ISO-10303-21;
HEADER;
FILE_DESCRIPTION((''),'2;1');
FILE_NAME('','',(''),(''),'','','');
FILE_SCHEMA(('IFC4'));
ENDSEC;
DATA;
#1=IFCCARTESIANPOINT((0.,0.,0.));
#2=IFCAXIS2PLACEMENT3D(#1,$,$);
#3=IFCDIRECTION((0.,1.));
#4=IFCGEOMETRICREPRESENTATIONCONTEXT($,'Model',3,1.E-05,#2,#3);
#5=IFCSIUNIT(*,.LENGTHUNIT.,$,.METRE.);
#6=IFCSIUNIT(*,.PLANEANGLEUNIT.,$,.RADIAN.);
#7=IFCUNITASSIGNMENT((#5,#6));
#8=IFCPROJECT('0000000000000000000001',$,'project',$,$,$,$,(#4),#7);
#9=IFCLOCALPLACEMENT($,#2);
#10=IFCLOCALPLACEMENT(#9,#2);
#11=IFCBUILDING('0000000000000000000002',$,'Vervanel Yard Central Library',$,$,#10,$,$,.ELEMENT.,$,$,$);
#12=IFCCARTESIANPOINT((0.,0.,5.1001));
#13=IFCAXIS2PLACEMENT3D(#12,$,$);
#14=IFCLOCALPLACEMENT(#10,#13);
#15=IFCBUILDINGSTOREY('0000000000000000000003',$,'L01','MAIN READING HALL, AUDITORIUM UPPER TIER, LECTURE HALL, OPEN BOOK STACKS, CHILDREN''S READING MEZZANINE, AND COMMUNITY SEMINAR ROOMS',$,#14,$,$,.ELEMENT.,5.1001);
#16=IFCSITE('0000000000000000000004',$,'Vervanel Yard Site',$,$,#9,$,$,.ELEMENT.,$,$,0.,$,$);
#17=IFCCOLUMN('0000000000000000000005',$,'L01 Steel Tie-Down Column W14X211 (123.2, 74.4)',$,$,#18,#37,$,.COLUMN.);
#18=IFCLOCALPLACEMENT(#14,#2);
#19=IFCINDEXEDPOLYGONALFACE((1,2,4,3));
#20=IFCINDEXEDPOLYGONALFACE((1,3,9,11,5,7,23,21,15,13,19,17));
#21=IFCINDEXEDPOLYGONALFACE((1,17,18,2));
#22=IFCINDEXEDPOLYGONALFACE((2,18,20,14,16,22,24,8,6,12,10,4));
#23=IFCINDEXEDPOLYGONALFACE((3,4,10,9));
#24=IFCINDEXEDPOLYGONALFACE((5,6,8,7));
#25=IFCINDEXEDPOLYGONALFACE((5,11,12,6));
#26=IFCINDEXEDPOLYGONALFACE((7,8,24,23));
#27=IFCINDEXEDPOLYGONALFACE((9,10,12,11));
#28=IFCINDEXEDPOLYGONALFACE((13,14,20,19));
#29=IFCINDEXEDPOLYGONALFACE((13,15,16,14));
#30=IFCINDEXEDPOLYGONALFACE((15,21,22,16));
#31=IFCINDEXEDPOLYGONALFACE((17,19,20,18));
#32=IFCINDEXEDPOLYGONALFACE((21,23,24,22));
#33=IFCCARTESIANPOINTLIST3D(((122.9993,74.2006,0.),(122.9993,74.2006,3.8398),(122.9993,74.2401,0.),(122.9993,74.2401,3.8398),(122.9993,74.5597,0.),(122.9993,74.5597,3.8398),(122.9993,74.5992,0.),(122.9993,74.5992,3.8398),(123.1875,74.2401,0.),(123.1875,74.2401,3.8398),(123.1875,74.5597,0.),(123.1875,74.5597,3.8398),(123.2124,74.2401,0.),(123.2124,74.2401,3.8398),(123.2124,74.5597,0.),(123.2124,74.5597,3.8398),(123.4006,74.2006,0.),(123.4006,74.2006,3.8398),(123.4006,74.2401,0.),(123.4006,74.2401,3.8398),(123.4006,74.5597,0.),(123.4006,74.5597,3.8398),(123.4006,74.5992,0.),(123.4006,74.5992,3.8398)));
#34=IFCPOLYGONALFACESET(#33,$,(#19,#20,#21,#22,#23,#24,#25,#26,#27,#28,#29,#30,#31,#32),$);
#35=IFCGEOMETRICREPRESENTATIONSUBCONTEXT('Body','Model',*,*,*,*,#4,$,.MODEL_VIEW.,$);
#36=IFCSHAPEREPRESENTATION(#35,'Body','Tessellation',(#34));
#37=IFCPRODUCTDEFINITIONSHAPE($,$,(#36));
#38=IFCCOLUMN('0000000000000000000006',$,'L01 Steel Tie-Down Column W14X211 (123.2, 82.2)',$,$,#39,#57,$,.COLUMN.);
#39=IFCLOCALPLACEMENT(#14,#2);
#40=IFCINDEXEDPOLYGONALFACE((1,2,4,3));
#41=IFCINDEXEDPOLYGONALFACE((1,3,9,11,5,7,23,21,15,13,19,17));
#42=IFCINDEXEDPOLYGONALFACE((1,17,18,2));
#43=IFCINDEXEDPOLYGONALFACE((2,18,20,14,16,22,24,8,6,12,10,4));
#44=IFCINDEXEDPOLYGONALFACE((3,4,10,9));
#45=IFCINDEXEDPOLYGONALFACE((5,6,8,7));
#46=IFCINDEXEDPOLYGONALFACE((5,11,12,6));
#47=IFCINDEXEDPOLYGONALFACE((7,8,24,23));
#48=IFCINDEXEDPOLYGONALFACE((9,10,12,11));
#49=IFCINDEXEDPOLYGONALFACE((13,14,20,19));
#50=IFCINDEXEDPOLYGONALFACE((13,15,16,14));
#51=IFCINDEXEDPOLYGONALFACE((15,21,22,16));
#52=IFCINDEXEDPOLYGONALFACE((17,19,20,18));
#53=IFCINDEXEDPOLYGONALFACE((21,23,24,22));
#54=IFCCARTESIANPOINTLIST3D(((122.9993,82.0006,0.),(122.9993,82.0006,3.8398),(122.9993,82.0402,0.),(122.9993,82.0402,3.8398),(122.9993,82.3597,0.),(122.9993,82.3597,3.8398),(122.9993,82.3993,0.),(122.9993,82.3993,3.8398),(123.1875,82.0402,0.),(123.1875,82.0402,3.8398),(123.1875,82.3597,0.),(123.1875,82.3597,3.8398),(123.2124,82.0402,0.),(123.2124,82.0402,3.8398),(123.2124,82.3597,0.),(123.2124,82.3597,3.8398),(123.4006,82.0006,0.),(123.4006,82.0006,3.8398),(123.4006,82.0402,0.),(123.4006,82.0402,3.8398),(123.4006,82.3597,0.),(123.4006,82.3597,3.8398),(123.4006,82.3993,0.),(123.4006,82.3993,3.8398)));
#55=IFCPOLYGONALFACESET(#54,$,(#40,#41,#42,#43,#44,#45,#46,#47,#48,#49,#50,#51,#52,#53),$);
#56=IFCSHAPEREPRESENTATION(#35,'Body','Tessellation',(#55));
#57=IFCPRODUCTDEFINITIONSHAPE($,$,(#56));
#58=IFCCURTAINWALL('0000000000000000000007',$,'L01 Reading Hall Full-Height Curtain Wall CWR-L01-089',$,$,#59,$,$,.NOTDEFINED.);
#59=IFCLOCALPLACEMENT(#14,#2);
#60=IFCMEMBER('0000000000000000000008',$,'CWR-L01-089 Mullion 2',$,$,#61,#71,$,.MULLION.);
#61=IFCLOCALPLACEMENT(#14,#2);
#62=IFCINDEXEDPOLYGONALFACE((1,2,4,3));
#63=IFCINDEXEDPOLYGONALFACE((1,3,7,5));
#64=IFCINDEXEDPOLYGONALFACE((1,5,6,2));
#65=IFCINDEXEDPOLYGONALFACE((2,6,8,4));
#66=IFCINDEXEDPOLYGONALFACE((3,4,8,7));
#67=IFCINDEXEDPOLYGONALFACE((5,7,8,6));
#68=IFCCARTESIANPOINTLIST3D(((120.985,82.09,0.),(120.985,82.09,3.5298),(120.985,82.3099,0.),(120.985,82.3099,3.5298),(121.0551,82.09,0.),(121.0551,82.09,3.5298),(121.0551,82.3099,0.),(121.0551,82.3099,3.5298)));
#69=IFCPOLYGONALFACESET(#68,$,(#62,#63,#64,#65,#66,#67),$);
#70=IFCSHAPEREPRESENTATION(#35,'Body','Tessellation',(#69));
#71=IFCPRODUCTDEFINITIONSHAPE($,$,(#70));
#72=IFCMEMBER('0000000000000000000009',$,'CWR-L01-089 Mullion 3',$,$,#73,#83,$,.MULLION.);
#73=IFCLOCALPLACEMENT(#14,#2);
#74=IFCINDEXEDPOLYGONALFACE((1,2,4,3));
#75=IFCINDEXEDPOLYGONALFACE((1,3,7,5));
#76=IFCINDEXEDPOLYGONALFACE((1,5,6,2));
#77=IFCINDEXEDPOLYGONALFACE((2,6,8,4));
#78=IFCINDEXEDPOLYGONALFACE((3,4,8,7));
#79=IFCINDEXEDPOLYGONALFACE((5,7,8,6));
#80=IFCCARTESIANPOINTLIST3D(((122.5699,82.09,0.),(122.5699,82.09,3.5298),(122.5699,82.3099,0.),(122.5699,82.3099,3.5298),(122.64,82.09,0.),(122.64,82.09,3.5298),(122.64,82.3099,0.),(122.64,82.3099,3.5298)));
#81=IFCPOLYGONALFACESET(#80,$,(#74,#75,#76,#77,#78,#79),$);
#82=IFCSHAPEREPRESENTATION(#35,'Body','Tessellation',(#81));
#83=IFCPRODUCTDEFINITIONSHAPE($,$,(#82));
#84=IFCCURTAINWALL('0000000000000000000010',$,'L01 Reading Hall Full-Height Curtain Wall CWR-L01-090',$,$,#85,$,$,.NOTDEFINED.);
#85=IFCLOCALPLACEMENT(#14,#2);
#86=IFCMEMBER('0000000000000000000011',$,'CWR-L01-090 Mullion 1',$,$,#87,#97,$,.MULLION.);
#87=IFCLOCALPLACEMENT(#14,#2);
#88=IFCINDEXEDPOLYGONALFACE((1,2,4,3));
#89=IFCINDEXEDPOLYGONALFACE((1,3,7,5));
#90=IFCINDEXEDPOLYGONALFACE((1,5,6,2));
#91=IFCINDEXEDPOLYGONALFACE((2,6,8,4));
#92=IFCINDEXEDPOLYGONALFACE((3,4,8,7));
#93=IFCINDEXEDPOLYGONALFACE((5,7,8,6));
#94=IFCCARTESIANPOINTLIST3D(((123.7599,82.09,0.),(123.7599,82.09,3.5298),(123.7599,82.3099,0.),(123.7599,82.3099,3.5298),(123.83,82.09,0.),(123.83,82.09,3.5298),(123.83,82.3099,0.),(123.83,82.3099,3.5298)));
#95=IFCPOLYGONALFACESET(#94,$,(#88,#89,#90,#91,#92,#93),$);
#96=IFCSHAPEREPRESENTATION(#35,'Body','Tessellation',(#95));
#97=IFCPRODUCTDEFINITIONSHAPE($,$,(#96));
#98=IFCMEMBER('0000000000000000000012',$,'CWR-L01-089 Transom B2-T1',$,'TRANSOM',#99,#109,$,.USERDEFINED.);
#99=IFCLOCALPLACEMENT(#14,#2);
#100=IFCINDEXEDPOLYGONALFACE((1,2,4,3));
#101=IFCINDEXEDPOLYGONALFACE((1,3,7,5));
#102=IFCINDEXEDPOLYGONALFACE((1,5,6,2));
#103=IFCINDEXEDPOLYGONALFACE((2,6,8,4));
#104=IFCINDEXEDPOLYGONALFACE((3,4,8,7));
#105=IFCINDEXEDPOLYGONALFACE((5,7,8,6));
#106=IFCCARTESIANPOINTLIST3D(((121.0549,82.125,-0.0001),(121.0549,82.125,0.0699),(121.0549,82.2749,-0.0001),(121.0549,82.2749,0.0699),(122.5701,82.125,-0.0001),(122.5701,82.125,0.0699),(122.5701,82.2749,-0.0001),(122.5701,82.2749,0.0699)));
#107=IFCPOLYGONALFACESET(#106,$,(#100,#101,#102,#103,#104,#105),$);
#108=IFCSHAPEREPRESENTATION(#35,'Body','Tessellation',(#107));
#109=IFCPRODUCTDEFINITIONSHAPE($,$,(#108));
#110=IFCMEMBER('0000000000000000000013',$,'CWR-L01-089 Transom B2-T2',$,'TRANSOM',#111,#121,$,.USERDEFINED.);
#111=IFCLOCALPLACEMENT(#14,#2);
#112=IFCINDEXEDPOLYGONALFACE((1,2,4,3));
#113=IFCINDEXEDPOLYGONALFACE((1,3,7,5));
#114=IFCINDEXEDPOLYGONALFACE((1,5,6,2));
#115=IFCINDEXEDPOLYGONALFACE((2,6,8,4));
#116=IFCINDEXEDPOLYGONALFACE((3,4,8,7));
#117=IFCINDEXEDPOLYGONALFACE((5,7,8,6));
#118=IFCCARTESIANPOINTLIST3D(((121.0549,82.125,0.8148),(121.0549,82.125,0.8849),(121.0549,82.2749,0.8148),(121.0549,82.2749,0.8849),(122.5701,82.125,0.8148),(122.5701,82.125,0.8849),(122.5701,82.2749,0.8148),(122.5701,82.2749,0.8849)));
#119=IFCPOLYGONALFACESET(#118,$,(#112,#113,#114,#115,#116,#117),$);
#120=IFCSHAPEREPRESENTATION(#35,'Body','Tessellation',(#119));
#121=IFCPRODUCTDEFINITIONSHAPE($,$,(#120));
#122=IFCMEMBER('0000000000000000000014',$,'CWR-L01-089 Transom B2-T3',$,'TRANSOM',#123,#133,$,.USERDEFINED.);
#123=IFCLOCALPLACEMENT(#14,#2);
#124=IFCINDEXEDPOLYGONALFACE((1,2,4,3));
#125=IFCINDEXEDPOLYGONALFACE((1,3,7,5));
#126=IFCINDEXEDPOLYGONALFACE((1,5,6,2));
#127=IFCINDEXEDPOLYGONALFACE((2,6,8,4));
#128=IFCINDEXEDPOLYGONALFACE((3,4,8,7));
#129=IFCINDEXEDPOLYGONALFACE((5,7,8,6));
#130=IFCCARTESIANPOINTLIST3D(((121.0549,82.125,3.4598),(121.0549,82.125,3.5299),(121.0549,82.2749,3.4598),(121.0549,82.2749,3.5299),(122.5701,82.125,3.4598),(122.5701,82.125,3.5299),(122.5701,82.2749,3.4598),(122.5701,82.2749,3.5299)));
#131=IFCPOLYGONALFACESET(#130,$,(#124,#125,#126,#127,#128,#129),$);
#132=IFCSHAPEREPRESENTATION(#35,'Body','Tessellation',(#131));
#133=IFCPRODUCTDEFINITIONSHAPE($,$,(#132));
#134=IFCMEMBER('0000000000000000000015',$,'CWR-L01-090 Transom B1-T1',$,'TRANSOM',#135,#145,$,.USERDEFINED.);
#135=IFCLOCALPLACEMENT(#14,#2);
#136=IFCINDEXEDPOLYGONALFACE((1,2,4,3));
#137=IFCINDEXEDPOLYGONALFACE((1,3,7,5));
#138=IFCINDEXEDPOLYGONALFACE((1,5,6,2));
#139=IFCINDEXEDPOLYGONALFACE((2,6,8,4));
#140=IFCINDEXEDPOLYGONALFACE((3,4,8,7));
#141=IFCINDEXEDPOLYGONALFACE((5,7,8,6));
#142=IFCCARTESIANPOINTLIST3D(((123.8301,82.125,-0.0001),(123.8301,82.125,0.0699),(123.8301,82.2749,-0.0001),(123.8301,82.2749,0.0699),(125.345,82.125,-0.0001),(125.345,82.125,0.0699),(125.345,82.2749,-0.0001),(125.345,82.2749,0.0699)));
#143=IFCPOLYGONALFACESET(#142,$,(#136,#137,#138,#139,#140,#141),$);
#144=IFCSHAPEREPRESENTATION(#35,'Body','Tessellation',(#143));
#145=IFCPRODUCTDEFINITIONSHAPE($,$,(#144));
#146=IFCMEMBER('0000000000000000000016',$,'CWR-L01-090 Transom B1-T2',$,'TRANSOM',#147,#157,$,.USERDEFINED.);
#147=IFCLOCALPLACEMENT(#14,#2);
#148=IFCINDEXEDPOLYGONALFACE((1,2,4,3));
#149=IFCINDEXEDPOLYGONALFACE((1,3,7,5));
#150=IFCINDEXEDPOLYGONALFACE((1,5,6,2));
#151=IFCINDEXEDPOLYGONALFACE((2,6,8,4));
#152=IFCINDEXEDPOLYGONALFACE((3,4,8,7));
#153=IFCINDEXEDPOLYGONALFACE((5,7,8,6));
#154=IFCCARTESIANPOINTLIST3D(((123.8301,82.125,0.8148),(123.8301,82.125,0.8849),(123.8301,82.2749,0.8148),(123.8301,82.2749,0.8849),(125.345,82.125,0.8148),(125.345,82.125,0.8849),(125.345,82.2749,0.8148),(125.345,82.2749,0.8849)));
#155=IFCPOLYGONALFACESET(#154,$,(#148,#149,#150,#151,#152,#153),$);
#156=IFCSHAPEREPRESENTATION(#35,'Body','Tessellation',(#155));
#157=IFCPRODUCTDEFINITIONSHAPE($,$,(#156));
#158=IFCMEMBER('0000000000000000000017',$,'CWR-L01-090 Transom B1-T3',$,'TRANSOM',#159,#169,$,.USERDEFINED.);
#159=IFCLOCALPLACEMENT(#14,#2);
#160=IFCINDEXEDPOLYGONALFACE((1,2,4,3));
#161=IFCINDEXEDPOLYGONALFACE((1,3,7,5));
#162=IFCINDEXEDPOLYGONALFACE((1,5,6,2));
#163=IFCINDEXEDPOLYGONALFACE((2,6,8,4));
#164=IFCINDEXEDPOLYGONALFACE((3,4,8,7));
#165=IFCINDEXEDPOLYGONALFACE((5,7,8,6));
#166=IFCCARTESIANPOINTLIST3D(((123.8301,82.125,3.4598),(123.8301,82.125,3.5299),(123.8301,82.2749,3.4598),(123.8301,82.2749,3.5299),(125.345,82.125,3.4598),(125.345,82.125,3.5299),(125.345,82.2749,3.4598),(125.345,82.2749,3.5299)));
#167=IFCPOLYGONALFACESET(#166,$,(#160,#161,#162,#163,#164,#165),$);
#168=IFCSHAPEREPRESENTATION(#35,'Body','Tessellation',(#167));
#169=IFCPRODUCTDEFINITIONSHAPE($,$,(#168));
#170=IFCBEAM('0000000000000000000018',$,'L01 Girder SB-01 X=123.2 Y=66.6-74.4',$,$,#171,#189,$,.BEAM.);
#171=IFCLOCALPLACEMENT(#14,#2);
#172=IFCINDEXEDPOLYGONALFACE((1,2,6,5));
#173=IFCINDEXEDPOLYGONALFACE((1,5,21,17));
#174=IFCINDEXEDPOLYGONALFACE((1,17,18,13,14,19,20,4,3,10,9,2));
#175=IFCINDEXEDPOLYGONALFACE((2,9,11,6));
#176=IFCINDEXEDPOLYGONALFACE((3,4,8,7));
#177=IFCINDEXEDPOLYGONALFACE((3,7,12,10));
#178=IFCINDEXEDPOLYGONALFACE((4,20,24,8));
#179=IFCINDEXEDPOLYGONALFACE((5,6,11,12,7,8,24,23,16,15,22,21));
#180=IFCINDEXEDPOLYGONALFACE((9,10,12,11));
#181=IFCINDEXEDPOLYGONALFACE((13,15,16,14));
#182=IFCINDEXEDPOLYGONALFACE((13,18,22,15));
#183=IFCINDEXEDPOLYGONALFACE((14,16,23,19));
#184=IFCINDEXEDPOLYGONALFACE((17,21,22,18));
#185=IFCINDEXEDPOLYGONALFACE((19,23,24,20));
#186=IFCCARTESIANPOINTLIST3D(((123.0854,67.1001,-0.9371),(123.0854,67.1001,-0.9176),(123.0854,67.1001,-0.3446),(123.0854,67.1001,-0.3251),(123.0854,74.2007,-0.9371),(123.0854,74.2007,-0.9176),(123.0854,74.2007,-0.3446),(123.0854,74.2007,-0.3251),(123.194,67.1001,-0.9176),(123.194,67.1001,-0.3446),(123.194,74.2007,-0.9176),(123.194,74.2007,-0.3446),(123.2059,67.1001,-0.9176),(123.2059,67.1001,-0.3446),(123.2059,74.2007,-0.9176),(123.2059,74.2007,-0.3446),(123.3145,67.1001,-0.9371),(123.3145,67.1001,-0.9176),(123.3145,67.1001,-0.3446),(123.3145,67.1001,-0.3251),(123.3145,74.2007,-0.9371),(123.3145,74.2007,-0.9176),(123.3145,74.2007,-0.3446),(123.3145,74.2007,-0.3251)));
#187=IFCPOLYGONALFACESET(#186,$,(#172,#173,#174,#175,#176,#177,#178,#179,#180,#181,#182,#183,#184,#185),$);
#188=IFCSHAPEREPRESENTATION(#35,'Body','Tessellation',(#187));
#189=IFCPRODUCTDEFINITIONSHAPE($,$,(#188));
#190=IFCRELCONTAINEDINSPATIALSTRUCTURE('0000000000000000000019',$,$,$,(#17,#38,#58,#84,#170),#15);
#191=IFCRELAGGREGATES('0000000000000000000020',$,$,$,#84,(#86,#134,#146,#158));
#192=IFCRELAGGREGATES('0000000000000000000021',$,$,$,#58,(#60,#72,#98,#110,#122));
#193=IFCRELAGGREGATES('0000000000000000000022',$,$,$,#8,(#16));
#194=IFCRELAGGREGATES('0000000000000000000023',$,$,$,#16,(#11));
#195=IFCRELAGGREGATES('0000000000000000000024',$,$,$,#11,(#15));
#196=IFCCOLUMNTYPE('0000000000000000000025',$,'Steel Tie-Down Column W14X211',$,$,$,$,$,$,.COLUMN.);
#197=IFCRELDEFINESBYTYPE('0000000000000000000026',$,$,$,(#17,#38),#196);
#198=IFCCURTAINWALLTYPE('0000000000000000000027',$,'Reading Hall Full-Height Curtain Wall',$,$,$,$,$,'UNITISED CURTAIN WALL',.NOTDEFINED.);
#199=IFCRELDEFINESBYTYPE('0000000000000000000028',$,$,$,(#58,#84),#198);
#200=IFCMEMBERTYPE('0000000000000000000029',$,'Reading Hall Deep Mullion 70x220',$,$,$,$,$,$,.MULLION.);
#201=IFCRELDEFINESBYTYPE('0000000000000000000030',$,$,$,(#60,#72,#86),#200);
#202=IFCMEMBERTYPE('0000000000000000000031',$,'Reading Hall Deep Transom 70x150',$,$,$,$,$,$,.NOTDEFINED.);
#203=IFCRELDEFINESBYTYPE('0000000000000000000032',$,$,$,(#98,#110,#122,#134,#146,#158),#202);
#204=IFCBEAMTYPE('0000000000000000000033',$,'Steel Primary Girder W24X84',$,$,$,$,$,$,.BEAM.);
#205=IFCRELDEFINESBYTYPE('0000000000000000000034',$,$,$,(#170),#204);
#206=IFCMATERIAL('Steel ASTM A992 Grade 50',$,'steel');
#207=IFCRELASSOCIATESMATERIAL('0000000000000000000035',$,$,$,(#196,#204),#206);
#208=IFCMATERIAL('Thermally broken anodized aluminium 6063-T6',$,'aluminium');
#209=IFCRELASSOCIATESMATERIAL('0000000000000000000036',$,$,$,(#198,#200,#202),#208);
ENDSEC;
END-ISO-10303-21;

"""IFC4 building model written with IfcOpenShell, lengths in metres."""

from ifc_helpers import new_model, si_unit, direction, frame, origin, origin_2d, place, context, subcontext, project, spatial, rectangle, i_section, extrude, material, material_profile, profile_set, type_object, element, aggregate, save


model = new_model("IFC4")

# Units and contexts
model_context = context("Model", 3, precision=1e-05, world=origin(), true_north=direction((0.0, 1.0)))
body_context = subcontext(model_context, "Body", "Model", "MODEL_VIEW")
ifc_project = project(units=[si_unit("LENGTHUNIT", "METRE"), si_unit("PLANEANGLEUNIT", "RADIAN")], contexts=[model_context])

# Site, building, storey
site_placement = place(None, origin())
site = spatial("IfcSite", under=ifc_project, at=site_placement, Name="Vervanel Yard Site", CompositionType="ELEMENT", RefElevation=0.0)
building_placement = place(site_placement, origin())
building = spatial("IfcBuilding", under=site, at=building_placement, Name="Vervanel Yard Central Library", CompositionType="ELEMENT")
storey_placement = place(building_placement, frame((0.0, 0.0, 5.1001)))
storey = spatial("IfcBuildingStorey", under=building, at=storey_placement, Name="L01", Description="MAIN READING HALL, AUDITORIUM UPPER TIER, LECTURE HALL, OPEN BOOK STACKS, CHILDREN'S READING MEZZANINE, AND COMMUNITY SEMINAR ROOMS", CompositionType="ELEMENT", Elevation=5.1001)

# Columns
ifc_material_1 = material(Name="Steel ASTM A992 Grade 50", Category="steel")
ifc_material_profile_1 = material_profile(ifc_material_1, i_section(OverallWidth=0.4014, OverallDepth=0.3987, WebThickness=0.0249, FlangeThickness=0.0396, at=origin_2d()), Name="W14X211", Category="steel")
ifc_profile_set_1 = profile_set([ifc_material_profile_1], Name="Steel ASTM A992 Grade 50")
column_type = type_object("IfcColumnType", Name="Steel Tie-Down Column W14X211", PredefinedType="COLUMN", material=ifc_profile_set_1)
for number, where, z_axis, x_axis, name in (
    (1, (123.2, 74.3999, 0.0), (0.0, 0.0, 1.0), (1.0, 0.0, 0.0), "L01 Steel Tie-Down Column W14X211 (123.2, 74.4)"),
    (2, (123.2, 82.2, 0.0), (0.0, 0.0, 1.0), (1.0, 0.0, 0.0), "L01 Steel Tie-Down Column W14X211 (123.2, 82.2)"),
):
    element("IfcColumn", number, at=place(storey_placement, frame(where, z_axis=z_axis, x_axis=x_axis)), inside=storey, type_object=column_type, Name=name, PredefinedType="COLUMN", context=body_context, shape_type="SweptSolid", body=[
        extrude(i_section(OverallWidth=0.4014, OverallDepth=0.3987, WebThickness=0.0249, FlangeThickness=0.0396, at=origin_2d()), origin(), (0.0, 0.0, 1.0), 3.8398),
    ])

# Curtain wall, members
ifc_material_2 = material(Name="Thermally broken anodized aluminium 6063-T6", Category="aluminium")
curtain_wall_type = type_object("IfcCurtainWallType", Name="Reading Hall Full-Height Curtain Wall", ElementType="UNITISED CURTAIN WALL", PredefinedType="NOTDEFINED", material=ifc_material_2)
curtain_wall_1_placement = place(storey_placement, origin())
curtain_wall_1 = element("IfcCurtainWall", 3, at=curtain_wall_1_placement, inside=storey, type_object=curtain_wall_type, Name="L01 Reading Hall Full-Height Curtain Wall CWR-L01-089", PredefinedType="NOTDEFINED")
ifc_material_profile_2 = material_profile(ifc_material_2, rectangle(XDim=0.0701, YDim=0.22, at=origin_2d()), Name="ALU 70x220", Category="aluminium")
ifc_profile_set_2 = profile_set([ifc_material_profile_2], Name="Thermally broken anodized aluminium 6063-T6")
member_type_1 = type_object("IfcMemberType", Name="Reading Hall Deep Mullion 70x220", PredefinedType="MULLION", material=ifc_profile_set_2)
member_1_placement = place(storey_placement, frame((121.02, 82.2, 0.0), z_axis=(0.0, 0.0, 1.0), x_axis=(1.0, 0.0, 0.0)))
member_1 = element("IfcMember", 4, at=member_1_placement, type_object=member_type_1, Name="CWR-L01-089 Mullion 2", PredefinedType="MULLION", context=body_context, shape_type="SweptSolid", body=[
    extrude(rectangle(XDim=0.0701, YDim=0.22, at=origin_2d()), origin(), (0.0, 0.0, 1.0), 3.5298),
])
member_2_placement = place(storey_placement, frame((122.605, 82.2, 0.0), z_axis=(0.0, 0.0, 1.0), x_axis=(1.0, 0.0, 0.0)))
member_2 = element("IfcMember", 5, at=member_2_placement, type_object=member_type_1, Name="CWR-L01-089 Mullion 3", PredefinedType="MULLION", context=body_context, shape_type="SweptSolid", body=[
    extrude(rectangle(XDim=0.0701, YDim=0.22, at=origin_2d()), origin(), (0.0, 0.0, 1.0), 3.5298),
])

# Curtain wall, member
curtain_wall_2_placement = place(storey_placement, origin())
curtain_wall_2 = element("IfcCurtainWall", 6, at=curtain_wall_2_placement, inside=storey, type_object=curtain_wall_type, Name="L01 Reading Hall Full-Height Curtain Wall CWR-L01-090", PredefinedType="NOTDEFINED")
member_3_placement = place(storey_placement, frame((123.7949, 82.2, 0.0), z_axis=(0.0, 0.0, 1.0), x_axis=(1.0, 0.0, 0.0)))
member_3 = element("IfcMember", 7, at=member_3_placement, type_object=member_type_1, Name="CWR-L01-090 Mullion 1", PredefinedType="MULLION", context=body_context, shape_type="SweptSolid", body=[
    extrude(rectangle(XDim=0.0701, YDim=0.22, at=origin_2d()), origin(), (0.0, 0.0, 1.0), 3.5298),
])

# Members
ifc_material_profile_3 = material_profile(ifc_material_2, rectangle(XDim=0.0701, YDim=0.1499, at=origin_2d()), Name="ALU 70x150", Category="aluminium")
ifc_profile_set_3 = profile_set([ifc_material_profile_3], Name="Thermally broken anodized aluminium 6063-T6")
member_type_2 = type_object("IfcMemberType", Name="Reading Hall Deep Transom 70x150", PredefinedType="NOTDEFINED", material=ifc_profile_set_3)
member_4_placement = place(storey_placement, frame((121.0549, 82.2, 0.0349), z_axis=(1.0, 0.0, 0.0), x_axis=(0.0, 0.0, 1.0)))
member_4 = element("IfcMember", 8, at=member_4_placement, type_object=member_type_2, Name="CWR-L01-089 Transom B2-T1", ObjectType="TRANSOM", PredefinedType="USERDEFINED", context=body_context, shape_type="SweptSolid", body=[
    extrude(rectangle(XDim=0.0701, YDim=0.1499, at=origin_2d()), origin(), (0.0, 0.0, 1.0), 1.5151),
])
member_5_placement = place(storey_placement, frame((121.0549, 82.2, 0.8499), z_axis=(1.0, 0.0, 0.0), x_axis=(0.0, 0.0, 1.0)))
member_5 = element("IfcMember", 9, at=member_5_placement, type_object=member_type_2, Name="CWR-L01-089 Transom B2-T2", ObjectType="TRANSOM", PredefinedType="USERDEFINED", context=body_context, shape_type="SweptSolid", body=[
    extrude(rectangle(XDim=0.0701, YDim=0.1499, at=origin_2d()), origin(), (0.0, 0.0, 1.0), 1.5151),
])
member_6_placement = place(storey_placement, frame((121.0549, 82.2, 3.4949), z_axis=(1.0, 0.0, 0.0), x_axis=(0.0, 0.0, 1.0)))
member_6 = element("IfcMember", 10, at=member_6_placement, type_object=member_type_2, Name="CWR-L01-089 Transom B2-T3", ObjectType="TRANSOM", PredefinedType="USERDEFINED", context=body_context, shape_type="SweptSolid", body=[
    extrude(rectangle(XDim=0.0701, YDim=0.1499, at=origin_2d()), origin(), (0.0, 0.0, 1.0), 1.5151),
])
member_7_placement = place(storey_placement, frame((123.8301, 82.2, 0.0349), z_axis=(1.0, 0.0, 0.0), x_axis=(0.0, 0.0, 1.0)))
member_7 = element("IfcMember", 11, at=member_7_placement, type_object=member_type_2, Name="CWR-L01-090 Transom B1-T1", ObjectType="TRANSOM", PredefinedType="USERDEFINED", context=body_context, shape_type="SweptSolid", body=[
    extrude(rectangle(XDim=0.0701, YDim=0.1499, at=origin_2d()), origin(), (0.0, 0.0, 1.0), 1.5149),
])
member_8_placement = place(storey_placement, frame((123.8301, 82.2, 0.8499), z_axis=(1.0, 0.0, 0.0), x_axis=(0.0, 0.0, 1.0)))
member_8 = element("IfcMember", 12, at=member_8_placement, type_object=member_type_2, Name="CWR-L01-090 Transom B1-T2", ObjectType="TRANSOM", PredefinedType="USERDEFINED", context=body_context, shape_type="SweptSolid", body=[
    extrude(rectangle(XDim=0.0701, YDim=0.1499, at=origin_2d()), origin(), (0.0, 0.0, 1.0), 1.5149),
])
member_9_placement = place(storey_placement, frame((123.8301, 82.2, 3.4949), z_axis=(1.0, 0.0, 0.0), x_axis=(0.0, 0.0, 1.0)))
member_9 = element("IfcMember", 13, at=member_9_placement, type_object=member_type_2, Name="CWR-L01-090 Transom B1-T3", ObjectType="TRANSOM", PredefinedType="USERDEFINED", context=body_context, shape_type="SweptSolid", body=[
    extrude(rectangle(XDim=0.0701, YDim=0.1499, at=origin_2d()), origin(), (0.0, 0.0, 1.0), 1.5149),
])
aggregate(curtain_wall_2, [member_3, member_7, member_8, member_9])

# Beam
ifc_material_profile_4 = material_profile(ifc_material_1, i_section(OverallWidth=0.229, OverallDepth=0.6121, WebThickness=0.012, FlangeThickness=0.0195, at=origin_2d()), Name="W24X84", Category="steel")
ifc_profile_set_4 = profile_set([ifc_material_profile_4], Name="Steel ASTM A992 Grade 50")
beam_type_1 = type_object("IfcBeamType", Name="Steel Primary Girder W24X84", PredefinedType="BEAM", material=ifc_profile_set_4)
beam_1_placement = place(storey_placement, frame((123.2, 67.1001, -0.6311), z_axis=(0.0, 1.0, 0.0), x_axis=(-1.0, 0.0, 0.0)))
element("IfcBeam", 14, at=beam_1_placement, inside=storey, type_object=beam_type_1, Name="L01 Girder SB-01 X=123.2 Y=66.6-74.4", PredefinedType="BEAM", context=body_context, shape_type="SweptSolid", body=[
    extrude(i_section(OverallWidth=0.229, OverallDepth=0.6121, WebThickness=0.012, FlangeThickness=0.0195, at=origin_2d()), origin(), (0.0, 0.0, 1.0), 7.1006),
])

aggregate(curtain_wall_1, [member_1, member_2, member_4, member_5, member_6])

save(model, "model.ifc")
